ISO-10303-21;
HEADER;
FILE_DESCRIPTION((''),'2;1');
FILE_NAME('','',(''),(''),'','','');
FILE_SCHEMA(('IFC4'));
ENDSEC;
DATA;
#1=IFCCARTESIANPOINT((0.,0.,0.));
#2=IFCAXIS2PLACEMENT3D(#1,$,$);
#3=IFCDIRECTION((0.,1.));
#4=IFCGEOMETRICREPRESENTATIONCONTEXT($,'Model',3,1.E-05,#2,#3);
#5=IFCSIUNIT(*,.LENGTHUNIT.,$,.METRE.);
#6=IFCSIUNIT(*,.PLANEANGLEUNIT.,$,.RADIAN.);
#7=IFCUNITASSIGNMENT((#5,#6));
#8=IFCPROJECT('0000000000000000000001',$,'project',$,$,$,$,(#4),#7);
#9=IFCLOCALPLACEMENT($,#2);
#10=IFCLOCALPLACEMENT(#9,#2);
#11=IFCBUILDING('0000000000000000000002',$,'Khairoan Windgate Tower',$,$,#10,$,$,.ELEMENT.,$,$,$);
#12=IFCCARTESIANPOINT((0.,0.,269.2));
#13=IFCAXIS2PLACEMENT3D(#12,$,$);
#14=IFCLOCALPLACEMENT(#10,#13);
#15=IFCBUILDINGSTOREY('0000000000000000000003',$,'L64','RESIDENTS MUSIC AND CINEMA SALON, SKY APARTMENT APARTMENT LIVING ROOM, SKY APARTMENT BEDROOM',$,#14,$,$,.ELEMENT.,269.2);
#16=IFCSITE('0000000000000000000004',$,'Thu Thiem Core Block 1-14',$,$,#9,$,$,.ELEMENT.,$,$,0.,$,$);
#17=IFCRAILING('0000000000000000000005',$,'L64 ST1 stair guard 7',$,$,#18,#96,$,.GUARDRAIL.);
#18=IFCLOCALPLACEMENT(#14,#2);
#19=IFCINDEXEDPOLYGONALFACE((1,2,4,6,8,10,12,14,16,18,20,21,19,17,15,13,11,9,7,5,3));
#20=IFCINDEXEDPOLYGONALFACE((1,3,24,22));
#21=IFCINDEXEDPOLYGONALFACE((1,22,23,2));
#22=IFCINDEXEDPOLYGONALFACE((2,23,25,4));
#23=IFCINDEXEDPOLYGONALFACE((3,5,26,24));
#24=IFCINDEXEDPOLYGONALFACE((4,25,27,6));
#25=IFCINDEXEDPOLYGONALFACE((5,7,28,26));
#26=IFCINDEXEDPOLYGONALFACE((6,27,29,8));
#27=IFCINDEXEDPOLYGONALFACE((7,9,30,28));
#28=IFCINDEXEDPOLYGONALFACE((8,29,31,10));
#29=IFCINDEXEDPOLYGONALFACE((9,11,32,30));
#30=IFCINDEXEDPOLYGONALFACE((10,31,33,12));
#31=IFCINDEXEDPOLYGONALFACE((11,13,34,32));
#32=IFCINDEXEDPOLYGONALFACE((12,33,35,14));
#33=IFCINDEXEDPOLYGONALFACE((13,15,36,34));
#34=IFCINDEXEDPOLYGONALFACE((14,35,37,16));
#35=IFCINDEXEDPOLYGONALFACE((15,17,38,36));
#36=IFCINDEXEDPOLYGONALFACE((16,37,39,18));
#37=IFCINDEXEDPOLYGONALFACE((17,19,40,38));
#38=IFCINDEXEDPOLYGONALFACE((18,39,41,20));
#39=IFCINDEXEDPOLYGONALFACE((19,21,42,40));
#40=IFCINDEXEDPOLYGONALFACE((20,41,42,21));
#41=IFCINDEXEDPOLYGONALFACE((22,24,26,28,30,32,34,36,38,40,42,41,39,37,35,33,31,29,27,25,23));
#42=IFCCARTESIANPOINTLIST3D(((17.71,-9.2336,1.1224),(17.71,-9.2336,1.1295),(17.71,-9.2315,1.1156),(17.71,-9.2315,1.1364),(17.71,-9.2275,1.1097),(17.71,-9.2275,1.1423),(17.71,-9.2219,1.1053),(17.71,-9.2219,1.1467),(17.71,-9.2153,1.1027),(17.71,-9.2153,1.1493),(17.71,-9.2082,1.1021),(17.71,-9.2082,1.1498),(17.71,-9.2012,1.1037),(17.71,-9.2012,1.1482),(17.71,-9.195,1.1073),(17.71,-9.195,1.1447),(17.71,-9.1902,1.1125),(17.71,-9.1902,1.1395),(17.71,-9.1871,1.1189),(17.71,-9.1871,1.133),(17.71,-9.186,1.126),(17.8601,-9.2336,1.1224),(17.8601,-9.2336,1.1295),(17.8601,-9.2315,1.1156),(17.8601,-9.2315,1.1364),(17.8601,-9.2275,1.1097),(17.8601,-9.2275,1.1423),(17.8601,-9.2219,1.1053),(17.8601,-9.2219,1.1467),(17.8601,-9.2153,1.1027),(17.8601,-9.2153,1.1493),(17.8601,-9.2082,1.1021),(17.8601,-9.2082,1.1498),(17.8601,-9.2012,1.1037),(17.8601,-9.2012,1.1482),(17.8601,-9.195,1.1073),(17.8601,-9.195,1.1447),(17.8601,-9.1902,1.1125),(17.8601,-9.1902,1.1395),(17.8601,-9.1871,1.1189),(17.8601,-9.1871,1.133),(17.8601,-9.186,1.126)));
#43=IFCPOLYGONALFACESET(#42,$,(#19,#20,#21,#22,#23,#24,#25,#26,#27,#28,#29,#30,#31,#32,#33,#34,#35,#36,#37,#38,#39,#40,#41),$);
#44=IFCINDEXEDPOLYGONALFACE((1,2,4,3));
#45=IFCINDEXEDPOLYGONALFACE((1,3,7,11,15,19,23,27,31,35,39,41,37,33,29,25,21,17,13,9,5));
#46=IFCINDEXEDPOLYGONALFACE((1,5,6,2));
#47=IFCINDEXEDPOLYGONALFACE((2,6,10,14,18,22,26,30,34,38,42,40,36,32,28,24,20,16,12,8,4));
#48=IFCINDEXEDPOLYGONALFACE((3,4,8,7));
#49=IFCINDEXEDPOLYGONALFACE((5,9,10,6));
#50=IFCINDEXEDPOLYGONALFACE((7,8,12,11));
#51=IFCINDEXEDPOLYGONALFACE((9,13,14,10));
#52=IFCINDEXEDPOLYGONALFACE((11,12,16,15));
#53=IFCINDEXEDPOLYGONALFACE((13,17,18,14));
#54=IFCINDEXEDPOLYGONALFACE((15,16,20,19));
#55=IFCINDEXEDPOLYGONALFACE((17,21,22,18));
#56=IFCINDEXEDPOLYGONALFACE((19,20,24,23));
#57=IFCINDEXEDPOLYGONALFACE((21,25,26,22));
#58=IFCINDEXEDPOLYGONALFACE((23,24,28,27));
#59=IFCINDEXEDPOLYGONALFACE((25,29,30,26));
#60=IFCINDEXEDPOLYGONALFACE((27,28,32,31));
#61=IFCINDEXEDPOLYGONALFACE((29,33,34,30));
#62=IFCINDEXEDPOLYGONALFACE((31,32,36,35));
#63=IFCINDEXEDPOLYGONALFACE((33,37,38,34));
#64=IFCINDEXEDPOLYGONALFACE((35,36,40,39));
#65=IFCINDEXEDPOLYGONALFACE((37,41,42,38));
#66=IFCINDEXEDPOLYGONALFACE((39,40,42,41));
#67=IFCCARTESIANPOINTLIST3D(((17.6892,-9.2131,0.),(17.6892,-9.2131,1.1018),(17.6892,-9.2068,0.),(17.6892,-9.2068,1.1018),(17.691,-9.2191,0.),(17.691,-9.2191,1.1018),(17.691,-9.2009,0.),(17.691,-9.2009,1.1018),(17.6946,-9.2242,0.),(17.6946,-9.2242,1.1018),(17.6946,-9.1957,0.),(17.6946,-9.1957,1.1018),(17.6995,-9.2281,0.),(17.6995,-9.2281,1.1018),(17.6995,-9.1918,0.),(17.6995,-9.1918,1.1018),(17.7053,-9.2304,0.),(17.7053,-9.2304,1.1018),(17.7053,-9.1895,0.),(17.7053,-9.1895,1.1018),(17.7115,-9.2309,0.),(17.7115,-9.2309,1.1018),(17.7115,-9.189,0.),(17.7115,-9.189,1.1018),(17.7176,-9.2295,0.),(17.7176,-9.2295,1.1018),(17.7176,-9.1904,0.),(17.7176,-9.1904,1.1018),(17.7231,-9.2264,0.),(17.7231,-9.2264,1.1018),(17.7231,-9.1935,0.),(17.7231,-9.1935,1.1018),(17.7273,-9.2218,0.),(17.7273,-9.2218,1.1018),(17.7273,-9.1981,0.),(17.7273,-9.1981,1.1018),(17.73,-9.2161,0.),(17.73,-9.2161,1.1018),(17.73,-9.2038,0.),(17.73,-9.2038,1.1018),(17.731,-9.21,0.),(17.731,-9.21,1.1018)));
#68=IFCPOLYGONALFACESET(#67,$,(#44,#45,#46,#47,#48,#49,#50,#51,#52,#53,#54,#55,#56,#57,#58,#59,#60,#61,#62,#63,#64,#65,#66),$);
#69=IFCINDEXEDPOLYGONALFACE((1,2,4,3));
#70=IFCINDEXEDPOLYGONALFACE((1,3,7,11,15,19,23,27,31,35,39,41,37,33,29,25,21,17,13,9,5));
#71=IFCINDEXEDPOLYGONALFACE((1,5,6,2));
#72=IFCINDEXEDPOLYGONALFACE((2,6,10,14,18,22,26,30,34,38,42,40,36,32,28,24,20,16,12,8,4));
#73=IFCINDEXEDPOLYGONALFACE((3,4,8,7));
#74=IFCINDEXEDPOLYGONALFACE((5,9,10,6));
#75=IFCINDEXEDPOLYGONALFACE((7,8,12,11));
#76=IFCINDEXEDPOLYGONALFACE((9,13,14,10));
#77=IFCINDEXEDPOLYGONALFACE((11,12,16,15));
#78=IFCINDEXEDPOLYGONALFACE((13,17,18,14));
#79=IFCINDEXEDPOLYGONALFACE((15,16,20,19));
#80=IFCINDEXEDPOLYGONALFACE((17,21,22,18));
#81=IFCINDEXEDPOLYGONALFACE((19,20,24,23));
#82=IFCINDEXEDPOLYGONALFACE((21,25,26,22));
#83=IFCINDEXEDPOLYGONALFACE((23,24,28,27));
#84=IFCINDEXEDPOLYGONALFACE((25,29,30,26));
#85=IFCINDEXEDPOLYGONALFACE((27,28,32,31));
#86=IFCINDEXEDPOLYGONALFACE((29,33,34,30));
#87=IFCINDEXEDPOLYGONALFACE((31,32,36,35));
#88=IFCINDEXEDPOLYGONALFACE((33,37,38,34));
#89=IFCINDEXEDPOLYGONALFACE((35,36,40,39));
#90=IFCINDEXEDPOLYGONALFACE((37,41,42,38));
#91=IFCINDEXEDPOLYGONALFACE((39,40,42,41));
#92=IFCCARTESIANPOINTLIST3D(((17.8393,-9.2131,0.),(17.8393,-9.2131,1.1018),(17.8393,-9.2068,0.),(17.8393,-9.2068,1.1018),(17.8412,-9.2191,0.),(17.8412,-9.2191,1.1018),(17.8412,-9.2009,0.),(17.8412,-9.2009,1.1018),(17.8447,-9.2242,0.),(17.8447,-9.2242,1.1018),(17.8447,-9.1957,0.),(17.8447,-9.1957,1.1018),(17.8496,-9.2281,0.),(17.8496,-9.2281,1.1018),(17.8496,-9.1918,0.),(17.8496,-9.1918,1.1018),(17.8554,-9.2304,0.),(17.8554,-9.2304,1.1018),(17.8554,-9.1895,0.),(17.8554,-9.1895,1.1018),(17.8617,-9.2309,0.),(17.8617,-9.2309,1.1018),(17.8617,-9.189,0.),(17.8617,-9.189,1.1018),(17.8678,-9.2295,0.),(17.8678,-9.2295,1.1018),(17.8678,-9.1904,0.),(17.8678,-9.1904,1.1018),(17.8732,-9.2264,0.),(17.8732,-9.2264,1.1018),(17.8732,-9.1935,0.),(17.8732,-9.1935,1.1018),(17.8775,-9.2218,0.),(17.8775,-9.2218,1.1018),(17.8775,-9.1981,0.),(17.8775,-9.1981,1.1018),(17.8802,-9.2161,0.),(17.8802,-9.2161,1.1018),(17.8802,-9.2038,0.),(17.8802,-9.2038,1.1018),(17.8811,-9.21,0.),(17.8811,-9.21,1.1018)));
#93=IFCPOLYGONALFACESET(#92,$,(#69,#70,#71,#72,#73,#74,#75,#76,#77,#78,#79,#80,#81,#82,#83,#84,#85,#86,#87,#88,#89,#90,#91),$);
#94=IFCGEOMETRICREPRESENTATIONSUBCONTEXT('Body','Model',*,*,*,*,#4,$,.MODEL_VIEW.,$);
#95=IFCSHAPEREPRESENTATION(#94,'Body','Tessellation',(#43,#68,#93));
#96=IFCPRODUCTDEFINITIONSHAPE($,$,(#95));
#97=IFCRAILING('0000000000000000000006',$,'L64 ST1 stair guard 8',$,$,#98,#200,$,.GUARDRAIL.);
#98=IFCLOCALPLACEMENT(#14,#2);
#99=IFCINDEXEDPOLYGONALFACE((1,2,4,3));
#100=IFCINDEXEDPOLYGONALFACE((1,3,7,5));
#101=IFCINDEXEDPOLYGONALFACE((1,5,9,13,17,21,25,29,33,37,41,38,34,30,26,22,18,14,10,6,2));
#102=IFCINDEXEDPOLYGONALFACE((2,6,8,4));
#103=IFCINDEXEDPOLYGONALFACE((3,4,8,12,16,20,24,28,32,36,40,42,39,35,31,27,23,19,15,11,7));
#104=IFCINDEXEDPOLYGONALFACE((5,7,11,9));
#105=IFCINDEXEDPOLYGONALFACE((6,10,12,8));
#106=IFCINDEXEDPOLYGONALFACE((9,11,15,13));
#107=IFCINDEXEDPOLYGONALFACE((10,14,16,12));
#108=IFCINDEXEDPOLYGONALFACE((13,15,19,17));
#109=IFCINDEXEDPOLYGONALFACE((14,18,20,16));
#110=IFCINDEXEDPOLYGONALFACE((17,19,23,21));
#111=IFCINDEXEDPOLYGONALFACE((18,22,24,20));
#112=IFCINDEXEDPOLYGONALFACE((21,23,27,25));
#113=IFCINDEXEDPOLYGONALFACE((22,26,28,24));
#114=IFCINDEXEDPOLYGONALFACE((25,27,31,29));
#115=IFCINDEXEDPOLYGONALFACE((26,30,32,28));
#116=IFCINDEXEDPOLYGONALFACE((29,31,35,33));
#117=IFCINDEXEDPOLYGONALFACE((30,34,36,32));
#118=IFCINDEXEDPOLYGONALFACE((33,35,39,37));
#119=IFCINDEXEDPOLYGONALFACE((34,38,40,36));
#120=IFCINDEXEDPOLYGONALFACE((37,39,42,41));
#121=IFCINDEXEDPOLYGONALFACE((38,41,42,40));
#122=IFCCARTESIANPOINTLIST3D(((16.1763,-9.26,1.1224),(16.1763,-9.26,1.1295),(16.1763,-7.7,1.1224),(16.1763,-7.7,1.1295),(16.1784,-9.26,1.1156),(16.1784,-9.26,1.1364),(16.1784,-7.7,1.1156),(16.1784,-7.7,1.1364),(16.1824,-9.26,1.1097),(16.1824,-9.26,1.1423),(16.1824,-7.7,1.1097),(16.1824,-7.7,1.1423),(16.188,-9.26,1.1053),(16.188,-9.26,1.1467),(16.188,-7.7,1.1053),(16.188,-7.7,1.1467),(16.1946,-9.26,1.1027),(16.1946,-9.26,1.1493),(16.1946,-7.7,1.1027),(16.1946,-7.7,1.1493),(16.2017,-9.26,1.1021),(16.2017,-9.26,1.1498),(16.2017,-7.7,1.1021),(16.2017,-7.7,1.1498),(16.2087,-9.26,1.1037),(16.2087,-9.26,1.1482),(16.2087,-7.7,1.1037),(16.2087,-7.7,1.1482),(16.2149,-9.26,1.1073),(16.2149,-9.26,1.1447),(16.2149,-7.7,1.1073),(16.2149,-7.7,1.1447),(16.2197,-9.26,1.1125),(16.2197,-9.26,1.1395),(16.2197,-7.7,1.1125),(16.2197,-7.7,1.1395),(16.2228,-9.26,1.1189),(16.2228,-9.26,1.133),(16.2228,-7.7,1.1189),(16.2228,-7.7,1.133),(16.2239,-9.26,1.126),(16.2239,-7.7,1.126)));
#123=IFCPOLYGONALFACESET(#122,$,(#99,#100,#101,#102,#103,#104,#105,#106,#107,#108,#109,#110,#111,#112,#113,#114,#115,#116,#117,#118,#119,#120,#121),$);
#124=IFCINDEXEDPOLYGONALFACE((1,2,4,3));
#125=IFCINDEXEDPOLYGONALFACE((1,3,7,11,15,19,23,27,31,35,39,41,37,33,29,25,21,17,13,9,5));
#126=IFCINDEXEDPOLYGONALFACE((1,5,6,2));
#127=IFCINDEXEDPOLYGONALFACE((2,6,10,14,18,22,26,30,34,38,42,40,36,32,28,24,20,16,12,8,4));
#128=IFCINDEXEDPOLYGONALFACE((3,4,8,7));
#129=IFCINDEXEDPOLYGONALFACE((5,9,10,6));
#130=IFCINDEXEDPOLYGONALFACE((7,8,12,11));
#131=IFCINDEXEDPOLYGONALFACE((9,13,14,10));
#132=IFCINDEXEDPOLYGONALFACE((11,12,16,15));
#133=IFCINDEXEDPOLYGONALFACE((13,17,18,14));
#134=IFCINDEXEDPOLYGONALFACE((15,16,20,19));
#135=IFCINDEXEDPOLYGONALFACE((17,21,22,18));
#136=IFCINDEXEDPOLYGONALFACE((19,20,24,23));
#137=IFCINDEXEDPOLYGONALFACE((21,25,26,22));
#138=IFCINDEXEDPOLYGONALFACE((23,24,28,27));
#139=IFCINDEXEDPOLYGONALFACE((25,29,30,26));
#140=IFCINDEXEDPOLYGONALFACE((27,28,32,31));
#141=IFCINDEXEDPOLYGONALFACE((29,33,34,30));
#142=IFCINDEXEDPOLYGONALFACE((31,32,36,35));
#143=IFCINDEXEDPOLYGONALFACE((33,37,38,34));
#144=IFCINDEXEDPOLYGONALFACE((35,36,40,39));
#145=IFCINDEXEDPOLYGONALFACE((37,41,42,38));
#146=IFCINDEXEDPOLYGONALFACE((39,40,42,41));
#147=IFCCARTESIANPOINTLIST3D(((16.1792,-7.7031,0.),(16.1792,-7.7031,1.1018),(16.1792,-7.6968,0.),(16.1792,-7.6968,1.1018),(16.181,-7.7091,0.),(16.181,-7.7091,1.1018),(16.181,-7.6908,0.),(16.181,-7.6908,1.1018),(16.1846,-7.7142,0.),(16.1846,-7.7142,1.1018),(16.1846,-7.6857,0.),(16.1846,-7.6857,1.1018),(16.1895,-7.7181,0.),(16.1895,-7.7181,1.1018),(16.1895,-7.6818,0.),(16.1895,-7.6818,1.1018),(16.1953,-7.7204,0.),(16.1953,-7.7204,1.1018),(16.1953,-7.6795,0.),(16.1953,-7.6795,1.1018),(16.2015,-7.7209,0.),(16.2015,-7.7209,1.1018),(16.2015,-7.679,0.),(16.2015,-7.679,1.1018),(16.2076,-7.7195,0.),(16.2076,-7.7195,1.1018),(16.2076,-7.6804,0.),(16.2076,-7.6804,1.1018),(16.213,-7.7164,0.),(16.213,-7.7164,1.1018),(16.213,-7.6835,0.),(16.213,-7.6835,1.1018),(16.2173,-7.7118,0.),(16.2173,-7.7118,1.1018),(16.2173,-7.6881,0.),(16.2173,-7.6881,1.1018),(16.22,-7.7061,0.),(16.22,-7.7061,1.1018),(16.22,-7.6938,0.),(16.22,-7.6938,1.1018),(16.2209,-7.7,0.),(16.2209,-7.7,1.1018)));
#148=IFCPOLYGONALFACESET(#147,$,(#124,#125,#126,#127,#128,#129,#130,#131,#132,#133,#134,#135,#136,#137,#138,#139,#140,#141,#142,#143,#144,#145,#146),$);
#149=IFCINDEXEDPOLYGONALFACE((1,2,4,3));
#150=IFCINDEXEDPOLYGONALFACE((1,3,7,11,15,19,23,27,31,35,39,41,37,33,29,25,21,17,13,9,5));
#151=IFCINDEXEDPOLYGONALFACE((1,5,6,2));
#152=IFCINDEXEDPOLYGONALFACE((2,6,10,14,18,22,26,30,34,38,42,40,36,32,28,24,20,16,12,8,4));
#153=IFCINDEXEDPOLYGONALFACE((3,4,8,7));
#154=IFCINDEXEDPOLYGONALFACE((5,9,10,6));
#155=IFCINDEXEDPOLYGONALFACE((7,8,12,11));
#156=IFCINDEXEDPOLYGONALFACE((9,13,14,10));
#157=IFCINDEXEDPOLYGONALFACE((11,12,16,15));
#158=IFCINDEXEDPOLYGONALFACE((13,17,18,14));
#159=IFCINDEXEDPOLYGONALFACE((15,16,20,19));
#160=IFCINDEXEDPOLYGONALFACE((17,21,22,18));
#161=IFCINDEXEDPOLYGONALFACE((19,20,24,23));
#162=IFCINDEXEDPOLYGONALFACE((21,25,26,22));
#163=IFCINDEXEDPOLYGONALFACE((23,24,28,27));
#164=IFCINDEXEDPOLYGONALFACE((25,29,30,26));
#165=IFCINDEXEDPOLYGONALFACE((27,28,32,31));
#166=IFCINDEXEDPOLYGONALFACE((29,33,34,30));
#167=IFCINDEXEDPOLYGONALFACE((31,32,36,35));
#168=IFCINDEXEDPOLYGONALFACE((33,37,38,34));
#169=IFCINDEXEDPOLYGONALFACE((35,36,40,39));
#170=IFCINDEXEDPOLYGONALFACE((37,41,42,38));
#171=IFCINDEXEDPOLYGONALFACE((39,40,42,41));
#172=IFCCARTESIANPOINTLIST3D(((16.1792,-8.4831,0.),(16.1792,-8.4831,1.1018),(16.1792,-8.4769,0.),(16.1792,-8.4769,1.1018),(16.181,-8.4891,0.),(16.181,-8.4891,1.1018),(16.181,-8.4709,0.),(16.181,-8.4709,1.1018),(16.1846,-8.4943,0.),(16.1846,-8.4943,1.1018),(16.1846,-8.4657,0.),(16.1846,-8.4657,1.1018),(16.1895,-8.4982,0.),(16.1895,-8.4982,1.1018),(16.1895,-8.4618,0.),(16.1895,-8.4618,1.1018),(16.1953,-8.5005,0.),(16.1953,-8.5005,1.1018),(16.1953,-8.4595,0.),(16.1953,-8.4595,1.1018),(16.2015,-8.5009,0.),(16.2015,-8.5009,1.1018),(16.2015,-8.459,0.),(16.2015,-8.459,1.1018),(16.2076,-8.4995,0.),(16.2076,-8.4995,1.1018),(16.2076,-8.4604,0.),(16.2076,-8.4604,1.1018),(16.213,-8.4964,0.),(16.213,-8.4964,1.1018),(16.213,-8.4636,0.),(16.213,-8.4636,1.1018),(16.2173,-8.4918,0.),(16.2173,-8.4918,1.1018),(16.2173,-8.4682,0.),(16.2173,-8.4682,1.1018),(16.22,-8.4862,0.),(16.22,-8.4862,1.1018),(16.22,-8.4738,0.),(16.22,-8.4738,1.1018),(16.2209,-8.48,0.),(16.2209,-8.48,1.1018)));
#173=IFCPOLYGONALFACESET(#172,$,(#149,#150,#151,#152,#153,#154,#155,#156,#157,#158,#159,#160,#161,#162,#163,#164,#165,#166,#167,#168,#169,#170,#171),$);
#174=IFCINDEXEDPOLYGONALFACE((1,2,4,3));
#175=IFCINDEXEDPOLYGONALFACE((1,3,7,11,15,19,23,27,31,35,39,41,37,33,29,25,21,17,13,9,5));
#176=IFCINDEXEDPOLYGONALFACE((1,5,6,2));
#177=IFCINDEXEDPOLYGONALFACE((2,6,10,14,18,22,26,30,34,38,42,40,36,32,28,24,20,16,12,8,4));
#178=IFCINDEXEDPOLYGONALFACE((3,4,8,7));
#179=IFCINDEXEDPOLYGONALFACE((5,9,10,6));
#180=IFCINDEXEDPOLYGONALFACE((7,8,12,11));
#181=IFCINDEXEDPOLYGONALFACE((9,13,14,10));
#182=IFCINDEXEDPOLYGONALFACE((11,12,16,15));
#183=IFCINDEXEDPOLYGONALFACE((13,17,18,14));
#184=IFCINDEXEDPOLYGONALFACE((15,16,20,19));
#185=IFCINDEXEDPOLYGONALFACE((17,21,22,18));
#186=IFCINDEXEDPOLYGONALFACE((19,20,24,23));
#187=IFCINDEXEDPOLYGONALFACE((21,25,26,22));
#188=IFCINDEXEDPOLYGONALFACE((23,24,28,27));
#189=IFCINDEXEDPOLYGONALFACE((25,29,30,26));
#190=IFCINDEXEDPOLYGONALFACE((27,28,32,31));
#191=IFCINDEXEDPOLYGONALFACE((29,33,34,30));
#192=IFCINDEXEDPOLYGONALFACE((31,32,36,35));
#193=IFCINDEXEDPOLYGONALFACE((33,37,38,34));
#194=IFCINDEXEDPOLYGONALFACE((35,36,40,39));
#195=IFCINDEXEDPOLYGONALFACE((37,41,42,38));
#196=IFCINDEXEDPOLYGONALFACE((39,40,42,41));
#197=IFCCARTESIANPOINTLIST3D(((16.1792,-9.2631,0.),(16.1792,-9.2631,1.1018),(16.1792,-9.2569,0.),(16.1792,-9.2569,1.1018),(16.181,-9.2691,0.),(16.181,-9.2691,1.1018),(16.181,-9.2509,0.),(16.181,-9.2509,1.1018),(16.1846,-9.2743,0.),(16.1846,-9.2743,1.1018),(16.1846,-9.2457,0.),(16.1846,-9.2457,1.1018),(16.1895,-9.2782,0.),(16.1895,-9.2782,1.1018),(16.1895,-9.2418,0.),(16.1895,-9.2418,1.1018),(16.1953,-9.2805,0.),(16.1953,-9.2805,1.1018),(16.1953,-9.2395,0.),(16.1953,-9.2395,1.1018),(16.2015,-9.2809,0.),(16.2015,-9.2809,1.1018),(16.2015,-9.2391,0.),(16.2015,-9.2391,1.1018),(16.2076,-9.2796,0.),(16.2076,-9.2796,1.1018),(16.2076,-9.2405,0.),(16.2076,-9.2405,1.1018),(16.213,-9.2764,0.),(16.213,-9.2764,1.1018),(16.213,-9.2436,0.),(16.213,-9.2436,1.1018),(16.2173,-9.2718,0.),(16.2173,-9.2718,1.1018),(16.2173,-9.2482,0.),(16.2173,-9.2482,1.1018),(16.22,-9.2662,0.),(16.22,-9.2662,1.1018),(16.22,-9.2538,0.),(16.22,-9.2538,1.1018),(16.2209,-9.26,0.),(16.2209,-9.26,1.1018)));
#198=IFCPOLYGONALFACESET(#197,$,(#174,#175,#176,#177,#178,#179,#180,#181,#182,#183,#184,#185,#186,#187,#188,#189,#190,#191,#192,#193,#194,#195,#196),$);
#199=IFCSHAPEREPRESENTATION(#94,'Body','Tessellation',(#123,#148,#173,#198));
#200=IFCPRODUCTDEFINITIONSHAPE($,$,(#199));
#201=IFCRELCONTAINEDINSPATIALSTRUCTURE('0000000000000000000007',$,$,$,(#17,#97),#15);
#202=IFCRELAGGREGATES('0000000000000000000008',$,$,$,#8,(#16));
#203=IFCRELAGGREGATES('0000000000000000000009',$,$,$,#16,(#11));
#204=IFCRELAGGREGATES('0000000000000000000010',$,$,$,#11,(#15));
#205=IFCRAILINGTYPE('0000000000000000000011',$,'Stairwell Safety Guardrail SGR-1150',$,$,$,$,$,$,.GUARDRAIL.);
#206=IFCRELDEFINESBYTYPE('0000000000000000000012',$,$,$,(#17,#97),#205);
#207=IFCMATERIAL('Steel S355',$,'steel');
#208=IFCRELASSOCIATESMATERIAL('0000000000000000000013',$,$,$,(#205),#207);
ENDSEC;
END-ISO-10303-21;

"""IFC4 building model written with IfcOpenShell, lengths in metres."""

from ifc_helpers import new_model, si_unit, direction, frame, origin, origin_2d, place, context, subcontext, project, spatial, circle, extrude, material, type_object, element, save


model = new_model("IFC4")

# Units and contexts
model_context = context("Model", 3, precision=1e-05, world=origin(), true_north=direction((0.0, 1.0)))
body_context = subcontext(model_context, "Body", "Model", "MODEL_VIEW")
ifc_project = project(units=[si_unit("LENGTHUNIT", "METRE"), si_unit("PLANEANGLEUNIT", "RADIAN")], contexts=[model_context])

# Site, building, storey
site_placement = place(None, origin())
site = spatial("IfcSite", under=ifc_project, at=site_placement, Name="Thu Thiem Core Block 1-14", CompositionType="ELEMENT", RefElevation=0.0)
building_placement = place(site_placement, origin())
building = spatial("IfcBuilding", under=site, at=building_placement, Name="Khairoan Windgate Tower", CompositionType="ELEMENT")
storey_placement = place(building_placement, frame((0.0, 0.0, 269.2)))
storey = spatial("IfcBuildingStorey", under=building, at=storey_placement, Name="L64", Description="RESIDENTS MUSIC AND CINEMA SALON, SKY APARTMENT APARTMENT LIVING ROOM, SKY APARTMENT BEDROOM", CompositionType="ELEMENT", Elevation=269.2)

# Railings
ifc_material_1 = material(Name="Steel S355", Category="steel")
railing_type_1 = type_object("IfcRailingType", Name="Stairwell Safety Guardrail SGR-1150", PredefinedType="GUARDRAIL", material=ifc_material_1)
railing_1_placement = place(storey_placement, frame((17.71, -9.21, 0.0)))
element("IfcRailing", 1, at=railing_1_placement, inside=storey, type_object=railing_type_1, Name="L64 ST1 stair guard 7", PredefinedType="GUARDRAIL", context=body_context, shape_type="SweptSolid", body=[
    extrude(circle(Radius=0.0239, at=origin_2d()), frame((0.0, 0.0, 1.126), z_axis=(1.0, 0.0, 0.0), x_axis=(0.0, 1.0, 0.0)), (0.0, 0.0, 1.0), 0.1501),
    extrude(circle(Radius=0.021, at=origin_2d()), origin(), (0.0, 0.0, 1.0), 1.1018),
    extrude(circle(Radius=0.021, at=origin_2d()), frame((0.1501, 0.0, 0.0)), (0.0, 0.0, 1.0), 1.1018),
])
for number, where, name in (
    (2, (16.2, -7.7, 0.0), "L64 ST1 stair guard 8"),
):
    element("IfcRailing", number, at=place(storey_placement, frame(where)), inside=storey, type_object=railing_type_1, Name=name, PredefinedType="GUARDRAIL", context=body_context, shape_type="SweptSolid", body=[
        extrude(circle(Radius=0.0239, at=origin_2d()), frame((0.0, 0.0, 1.126), z_axis=(0.0, -1.0, 0.0), x_axis=(1.0, 0.0, 0.0)), (0.0, 0.0, 1.0), 1.5601),
        extrude(circle(Radius=0.021, at=origin_2d()), origin(), (0.0, 0.0, 1.0), 1.1018),
        extrude(circle(Radius=0.021, at=origin_2d()), frame((0.0, -0.78, 0.0)), (0.0, 0.0, 1.0), 1.1018),
        extrude(circle(Radius=0.021, at=origin_2d()), frame((0.0, -1.5601, 0.0)), (0.0, 0.0, 1.0), 1.1018),
    ])

save(model, "model.ifc")
